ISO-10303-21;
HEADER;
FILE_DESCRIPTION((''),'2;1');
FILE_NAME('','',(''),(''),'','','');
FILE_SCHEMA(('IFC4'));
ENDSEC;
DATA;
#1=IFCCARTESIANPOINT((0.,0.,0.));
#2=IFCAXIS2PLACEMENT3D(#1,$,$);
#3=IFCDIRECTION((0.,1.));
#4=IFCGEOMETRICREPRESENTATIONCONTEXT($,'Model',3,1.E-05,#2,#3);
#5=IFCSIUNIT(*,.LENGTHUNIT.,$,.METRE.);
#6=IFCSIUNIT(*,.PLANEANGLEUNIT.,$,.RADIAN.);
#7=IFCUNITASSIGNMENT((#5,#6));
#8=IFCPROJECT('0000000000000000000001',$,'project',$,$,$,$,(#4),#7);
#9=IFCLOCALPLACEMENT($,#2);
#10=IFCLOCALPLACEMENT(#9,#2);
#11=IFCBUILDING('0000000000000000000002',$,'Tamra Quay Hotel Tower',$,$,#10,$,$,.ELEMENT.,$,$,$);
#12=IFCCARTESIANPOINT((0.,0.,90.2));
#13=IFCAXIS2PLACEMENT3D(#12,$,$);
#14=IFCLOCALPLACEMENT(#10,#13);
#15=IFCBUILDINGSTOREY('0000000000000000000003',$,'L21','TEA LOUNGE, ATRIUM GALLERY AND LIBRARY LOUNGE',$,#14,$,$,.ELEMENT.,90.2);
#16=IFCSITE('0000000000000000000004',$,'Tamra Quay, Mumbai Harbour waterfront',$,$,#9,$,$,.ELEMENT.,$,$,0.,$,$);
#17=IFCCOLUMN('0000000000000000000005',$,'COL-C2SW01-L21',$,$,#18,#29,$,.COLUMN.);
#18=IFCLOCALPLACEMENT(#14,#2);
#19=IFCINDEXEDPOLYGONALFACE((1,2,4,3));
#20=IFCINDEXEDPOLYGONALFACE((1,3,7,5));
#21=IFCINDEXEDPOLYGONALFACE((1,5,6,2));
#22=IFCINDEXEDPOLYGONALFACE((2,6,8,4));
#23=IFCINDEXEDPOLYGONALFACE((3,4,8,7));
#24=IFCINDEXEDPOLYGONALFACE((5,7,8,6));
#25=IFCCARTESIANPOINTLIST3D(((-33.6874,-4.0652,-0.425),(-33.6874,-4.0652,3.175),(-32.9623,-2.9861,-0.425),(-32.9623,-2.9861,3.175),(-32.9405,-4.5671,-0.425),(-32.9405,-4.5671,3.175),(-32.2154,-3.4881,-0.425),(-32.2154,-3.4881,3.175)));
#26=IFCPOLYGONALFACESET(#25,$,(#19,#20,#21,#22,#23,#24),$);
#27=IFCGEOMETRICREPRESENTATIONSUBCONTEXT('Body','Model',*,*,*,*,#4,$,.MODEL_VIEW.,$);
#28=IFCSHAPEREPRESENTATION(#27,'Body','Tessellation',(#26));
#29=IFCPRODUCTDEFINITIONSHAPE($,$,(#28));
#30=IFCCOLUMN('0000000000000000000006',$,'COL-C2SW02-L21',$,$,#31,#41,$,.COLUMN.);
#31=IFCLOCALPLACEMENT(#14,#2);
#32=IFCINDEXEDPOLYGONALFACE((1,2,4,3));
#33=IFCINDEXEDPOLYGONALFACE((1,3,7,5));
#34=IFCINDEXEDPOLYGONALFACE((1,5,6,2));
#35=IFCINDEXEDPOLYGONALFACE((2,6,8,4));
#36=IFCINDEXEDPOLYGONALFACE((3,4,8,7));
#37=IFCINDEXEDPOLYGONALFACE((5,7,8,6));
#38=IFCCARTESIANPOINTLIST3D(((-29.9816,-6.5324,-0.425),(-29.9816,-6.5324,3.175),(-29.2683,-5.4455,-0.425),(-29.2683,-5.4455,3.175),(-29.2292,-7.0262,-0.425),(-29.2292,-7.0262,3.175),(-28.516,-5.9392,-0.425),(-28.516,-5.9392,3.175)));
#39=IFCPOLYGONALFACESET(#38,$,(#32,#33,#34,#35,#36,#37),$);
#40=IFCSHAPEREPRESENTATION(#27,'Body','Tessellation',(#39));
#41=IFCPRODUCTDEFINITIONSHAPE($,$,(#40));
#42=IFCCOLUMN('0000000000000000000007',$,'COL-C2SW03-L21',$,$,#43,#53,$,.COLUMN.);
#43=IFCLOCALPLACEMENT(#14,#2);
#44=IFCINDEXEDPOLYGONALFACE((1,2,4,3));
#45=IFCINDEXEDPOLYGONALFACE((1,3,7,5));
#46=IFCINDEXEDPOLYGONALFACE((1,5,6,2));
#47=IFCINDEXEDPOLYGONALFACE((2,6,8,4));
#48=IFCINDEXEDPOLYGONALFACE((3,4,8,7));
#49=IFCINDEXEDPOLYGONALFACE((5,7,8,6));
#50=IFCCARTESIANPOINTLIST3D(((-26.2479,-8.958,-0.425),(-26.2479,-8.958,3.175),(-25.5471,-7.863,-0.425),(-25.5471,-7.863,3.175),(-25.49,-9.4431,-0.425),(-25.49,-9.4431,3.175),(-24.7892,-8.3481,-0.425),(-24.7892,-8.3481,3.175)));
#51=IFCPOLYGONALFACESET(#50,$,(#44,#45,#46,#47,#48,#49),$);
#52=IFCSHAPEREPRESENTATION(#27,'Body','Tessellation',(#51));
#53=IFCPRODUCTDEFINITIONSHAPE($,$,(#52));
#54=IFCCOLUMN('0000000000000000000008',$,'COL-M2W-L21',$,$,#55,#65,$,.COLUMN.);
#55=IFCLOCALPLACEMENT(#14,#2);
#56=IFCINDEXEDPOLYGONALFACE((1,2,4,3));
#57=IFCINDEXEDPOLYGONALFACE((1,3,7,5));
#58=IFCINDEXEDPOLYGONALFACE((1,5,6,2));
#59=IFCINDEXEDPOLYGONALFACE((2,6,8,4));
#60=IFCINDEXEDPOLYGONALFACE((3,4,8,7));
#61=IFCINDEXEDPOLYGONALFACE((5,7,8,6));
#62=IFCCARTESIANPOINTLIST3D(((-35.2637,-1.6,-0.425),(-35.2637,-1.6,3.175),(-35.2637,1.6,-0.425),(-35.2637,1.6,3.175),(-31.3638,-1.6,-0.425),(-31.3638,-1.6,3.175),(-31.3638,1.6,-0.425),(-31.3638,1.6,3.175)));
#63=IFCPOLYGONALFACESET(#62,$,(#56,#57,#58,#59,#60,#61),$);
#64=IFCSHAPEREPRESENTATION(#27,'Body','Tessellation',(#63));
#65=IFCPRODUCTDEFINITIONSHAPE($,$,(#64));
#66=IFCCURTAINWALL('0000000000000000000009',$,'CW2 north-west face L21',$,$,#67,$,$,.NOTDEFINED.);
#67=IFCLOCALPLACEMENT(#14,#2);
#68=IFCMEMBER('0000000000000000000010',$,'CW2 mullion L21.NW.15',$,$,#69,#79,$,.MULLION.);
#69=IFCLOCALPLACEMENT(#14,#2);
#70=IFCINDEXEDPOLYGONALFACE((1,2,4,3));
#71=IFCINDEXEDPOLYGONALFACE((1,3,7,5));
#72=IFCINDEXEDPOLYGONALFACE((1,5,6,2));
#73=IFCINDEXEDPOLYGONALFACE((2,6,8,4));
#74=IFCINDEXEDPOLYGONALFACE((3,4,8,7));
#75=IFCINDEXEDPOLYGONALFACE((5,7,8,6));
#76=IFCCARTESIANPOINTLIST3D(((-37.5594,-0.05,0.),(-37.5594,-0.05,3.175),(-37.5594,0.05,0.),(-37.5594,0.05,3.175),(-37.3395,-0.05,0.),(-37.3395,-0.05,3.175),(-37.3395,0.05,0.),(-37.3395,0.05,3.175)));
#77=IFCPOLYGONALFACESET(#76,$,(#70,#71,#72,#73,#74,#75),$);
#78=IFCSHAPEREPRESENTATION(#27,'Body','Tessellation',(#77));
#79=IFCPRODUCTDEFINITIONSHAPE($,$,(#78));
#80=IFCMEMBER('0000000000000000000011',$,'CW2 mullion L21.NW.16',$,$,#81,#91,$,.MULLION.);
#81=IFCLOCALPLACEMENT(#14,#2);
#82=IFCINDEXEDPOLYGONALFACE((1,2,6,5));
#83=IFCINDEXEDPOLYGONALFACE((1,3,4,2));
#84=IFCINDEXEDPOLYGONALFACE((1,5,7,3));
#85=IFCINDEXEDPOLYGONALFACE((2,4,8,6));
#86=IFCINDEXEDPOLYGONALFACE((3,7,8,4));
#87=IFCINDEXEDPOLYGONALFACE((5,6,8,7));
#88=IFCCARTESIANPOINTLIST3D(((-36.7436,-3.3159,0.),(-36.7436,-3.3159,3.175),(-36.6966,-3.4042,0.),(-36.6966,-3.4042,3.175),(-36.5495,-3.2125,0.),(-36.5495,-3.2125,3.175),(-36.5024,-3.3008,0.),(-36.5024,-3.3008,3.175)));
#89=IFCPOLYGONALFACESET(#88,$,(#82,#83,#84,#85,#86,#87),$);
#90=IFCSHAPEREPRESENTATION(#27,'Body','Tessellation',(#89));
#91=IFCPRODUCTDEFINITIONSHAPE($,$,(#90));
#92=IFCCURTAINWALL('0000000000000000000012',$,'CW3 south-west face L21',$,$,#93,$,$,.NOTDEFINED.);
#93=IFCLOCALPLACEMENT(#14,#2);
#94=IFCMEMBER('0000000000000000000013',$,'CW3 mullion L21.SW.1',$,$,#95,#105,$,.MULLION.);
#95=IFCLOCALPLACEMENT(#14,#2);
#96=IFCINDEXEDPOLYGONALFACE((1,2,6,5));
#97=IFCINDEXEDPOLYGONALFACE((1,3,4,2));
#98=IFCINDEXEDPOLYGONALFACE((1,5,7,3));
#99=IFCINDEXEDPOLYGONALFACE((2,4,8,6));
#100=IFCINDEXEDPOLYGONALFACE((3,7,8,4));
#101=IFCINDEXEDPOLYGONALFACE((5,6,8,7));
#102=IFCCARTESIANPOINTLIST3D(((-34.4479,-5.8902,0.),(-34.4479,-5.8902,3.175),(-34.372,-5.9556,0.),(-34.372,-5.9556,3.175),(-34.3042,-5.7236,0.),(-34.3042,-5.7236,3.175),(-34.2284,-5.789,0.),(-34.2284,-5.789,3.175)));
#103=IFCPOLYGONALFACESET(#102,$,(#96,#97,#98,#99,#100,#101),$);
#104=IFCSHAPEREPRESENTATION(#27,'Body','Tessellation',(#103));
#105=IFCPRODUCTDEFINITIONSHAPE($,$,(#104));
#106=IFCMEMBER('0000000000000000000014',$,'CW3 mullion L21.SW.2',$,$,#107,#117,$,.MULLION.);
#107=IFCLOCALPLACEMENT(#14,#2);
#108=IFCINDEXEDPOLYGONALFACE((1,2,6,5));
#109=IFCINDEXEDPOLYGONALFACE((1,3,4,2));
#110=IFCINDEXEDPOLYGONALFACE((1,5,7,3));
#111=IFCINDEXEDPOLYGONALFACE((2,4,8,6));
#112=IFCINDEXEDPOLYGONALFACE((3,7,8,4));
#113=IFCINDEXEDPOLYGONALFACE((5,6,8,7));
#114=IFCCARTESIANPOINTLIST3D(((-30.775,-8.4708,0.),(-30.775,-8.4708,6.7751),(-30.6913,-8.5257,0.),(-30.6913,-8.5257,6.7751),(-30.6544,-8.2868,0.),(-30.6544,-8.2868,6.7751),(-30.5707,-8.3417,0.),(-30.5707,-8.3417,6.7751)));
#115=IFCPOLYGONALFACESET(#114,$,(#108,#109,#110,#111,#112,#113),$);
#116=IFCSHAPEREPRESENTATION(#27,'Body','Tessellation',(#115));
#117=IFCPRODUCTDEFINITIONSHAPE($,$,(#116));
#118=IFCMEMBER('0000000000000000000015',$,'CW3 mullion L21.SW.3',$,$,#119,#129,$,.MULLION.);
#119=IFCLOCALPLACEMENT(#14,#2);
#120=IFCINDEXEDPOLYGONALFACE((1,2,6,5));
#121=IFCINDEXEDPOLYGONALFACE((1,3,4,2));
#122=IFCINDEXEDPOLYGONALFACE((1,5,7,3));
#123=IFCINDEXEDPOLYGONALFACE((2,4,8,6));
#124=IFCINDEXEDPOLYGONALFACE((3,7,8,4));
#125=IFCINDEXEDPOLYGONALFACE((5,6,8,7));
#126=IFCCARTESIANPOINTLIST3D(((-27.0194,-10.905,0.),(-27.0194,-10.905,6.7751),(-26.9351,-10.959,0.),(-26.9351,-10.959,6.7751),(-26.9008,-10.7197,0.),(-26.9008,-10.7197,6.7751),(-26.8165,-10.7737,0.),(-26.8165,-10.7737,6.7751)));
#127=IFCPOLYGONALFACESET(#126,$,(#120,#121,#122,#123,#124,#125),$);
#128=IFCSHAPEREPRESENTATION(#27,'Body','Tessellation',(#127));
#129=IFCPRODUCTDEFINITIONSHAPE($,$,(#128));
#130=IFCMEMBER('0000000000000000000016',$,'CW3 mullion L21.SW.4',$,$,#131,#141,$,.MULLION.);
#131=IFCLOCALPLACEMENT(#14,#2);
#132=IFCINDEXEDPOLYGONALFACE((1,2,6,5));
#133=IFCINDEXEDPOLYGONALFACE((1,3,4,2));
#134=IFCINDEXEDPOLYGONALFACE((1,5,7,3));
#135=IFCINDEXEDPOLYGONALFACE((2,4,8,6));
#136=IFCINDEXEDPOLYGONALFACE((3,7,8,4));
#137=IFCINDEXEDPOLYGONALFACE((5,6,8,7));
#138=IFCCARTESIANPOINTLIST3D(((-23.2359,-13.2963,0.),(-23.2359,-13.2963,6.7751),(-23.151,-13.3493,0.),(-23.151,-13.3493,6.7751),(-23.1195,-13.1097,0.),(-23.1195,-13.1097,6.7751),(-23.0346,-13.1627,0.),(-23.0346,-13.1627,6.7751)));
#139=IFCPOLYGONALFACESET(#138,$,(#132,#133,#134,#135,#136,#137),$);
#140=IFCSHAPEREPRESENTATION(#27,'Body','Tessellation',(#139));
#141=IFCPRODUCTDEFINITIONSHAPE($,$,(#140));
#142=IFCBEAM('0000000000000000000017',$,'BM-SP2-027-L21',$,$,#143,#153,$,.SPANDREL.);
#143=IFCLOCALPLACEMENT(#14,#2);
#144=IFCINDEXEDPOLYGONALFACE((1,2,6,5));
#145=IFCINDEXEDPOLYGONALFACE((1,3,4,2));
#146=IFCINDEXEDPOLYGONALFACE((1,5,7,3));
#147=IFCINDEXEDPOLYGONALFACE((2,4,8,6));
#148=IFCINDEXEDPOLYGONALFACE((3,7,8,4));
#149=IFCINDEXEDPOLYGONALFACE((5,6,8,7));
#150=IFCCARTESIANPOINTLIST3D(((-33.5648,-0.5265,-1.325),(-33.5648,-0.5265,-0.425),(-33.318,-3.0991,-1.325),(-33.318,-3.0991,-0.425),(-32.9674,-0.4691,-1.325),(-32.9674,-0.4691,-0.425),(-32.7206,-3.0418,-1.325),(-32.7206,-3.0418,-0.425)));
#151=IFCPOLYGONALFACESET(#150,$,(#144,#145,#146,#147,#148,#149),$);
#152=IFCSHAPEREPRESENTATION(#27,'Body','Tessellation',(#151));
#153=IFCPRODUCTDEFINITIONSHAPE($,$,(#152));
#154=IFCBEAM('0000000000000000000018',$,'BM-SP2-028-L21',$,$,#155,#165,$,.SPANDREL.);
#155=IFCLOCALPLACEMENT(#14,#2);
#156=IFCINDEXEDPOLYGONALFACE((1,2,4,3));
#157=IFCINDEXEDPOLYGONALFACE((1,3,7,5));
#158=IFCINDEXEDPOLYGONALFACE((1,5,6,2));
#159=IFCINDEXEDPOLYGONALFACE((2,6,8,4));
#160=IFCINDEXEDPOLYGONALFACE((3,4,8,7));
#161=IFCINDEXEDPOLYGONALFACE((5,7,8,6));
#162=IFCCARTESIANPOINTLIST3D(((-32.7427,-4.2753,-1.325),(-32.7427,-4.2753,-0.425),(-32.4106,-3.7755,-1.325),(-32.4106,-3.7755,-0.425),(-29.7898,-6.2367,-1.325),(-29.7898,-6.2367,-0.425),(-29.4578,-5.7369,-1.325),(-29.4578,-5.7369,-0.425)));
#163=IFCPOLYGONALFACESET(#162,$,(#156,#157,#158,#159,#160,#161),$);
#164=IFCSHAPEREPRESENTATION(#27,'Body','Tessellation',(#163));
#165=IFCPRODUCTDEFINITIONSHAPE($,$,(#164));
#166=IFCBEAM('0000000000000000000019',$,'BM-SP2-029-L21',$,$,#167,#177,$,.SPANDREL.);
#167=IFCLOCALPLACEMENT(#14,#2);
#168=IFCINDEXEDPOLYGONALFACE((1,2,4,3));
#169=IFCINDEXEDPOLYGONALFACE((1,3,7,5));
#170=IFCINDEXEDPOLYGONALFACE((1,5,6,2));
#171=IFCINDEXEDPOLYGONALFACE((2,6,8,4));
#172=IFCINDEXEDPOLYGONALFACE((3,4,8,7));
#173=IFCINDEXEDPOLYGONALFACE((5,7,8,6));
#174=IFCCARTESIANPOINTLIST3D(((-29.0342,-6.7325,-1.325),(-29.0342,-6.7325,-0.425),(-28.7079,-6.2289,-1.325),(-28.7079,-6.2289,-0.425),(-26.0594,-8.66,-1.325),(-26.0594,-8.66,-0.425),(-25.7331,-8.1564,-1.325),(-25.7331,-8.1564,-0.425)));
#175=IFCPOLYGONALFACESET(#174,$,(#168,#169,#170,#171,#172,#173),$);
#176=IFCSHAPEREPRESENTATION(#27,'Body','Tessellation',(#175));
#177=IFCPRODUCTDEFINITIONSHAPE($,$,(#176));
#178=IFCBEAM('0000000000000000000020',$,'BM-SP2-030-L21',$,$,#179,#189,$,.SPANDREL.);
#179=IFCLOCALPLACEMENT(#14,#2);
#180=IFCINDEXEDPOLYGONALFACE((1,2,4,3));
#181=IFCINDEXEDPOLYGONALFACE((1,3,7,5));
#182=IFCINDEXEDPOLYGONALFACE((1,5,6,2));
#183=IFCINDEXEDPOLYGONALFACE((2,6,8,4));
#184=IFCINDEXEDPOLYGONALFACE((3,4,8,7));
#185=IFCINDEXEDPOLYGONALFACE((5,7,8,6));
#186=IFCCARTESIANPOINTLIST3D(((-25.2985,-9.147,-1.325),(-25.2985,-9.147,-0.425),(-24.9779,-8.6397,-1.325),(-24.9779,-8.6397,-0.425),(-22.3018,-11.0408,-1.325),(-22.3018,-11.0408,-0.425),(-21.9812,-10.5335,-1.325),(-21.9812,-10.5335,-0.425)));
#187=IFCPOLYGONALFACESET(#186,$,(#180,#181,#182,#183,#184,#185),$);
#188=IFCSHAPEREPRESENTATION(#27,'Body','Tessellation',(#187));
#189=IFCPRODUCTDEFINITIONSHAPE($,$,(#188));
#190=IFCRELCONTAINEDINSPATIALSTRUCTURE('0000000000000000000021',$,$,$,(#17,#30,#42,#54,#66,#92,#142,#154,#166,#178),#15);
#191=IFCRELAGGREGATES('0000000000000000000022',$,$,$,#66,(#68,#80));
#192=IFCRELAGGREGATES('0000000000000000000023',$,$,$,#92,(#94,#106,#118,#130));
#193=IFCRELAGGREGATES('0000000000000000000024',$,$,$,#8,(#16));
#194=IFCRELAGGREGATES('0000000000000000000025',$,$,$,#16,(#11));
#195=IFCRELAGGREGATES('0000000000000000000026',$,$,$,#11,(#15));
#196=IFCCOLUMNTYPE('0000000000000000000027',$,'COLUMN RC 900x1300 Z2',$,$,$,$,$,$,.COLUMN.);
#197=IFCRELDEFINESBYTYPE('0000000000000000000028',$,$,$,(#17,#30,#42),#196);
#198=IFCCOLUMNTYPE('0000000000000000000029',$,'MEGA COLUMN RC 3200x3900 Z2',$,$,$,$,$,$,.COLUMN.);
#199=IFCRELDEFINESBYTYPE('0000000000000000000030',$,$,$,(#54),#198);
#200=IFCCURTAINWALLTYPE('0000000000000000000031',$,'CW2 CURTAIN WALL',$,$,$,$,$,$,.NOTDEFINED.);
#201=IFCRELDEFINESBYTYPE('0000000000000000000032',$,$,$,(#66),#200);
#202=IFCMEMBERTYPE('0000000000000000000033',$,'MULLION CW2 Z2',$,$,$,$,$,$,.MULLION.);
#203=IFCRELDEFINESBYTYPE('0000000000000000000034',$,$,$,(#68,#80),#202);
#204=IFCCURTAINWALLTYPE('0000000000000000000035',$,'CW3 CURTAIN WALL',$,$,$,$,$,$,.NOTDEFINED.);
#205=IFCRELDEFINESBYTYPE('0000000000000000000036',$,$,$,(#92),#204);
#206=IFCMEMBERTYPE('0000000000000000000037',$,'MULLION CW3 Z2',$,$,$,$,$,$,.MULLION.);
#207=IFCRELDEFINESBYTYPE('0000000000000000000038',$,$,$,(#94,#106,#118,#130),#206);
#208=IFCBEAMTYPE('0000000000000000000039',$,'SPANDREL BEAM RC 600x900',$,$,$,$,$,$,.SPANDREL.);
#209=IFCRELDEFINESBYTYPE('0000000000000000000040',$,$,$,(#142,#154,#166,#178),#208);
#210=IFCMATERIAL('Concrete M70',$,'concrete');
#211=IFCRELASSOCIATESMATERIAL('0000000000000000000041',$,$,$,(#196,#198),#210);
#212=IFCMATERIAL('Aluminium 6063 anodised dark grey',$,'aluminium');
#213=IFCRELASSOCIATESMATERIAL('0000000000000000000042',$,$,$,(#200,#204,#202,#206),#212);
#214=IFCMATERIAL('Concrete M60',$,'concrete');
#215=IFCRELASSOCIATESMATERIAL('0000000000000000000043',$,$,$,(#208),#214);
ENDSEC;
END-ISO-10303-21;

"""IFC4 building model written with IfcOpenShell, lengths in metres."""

from ifc_helpers import new_model, si_unit, direction, frame, origin, origin_2d, place, context, subcontext, project, spatial, rectangle, extrude, material, material_profile, profile_set, type_object, element, aggregate, save


model = new_model("IFC4")

# Units and contexts
model_context = context("Model", 3, precision=1e-05, world=origin(), true_north=direction((0.0, 1.0)))
body_context = subcontext(model_context, "Body", "Model", "MODEL_VIEW")
ifc_project = project(units=[si_unit("LENGTHUNIT", "METRE"), si_unit("PLANEANGLEUNIT", "RADIAN")], contexts=[model_context])

# Site, building, storey
site_placement = place(None, origin())
site = spatial("IfcSite", under=ifc_project, at=site_placement, Name="Tamra Quay, Mumbai Harbour waterfront", CompositionType="ELEMENT", RefElevation=0.0)
building_placement = place(site_placement, origin())
building = spatial("IfcBuilding", under=site, at=building_placement, Name="Tamra Quay Hotel Tower", CompositionType="ELEMENT")
storey_placement = place(building_placement, frame((0.0, 0.0, 90.2)))
storey = spatial("IfcBuildingStorey", under=building, at=storey_placement, Name="L21", Description="TEA LOUNGE, ATRIUM GALLERY AND LIBRARY LOUNGE", CompositionType="ELEMENT", Elevation=90.2)

# Columns
ifc_material_1 = material(Name="Concrete M70", Category="concrete")
ifc_material_profile_1 = material_profile(ifc_material_1, rectangle(XDim=1.3, YDim=0.8999, at=origin_2d()), Name="COLUMN RC 900x1300 Z2")
ifc_profile_set_1 = profile_set([ifc_material_profile_1], Name="Concrete M70")
column_type_1 = type_object("IfcColumnType", Name="COLUMN RC 900x1300 Z2", PredefinedType="COLUMN", material=ifc_profile_set_1)
for number, where, z_axis, x_axis, name in (
    (1, (-32.9514, -3.7766, -0.425), (0.0, 0.0, 1.0), (0.557767, 0.829998, 0.0), "COL-C2SW01-L21"),
    (2, (-29.2488, -6.2358, -0.425), (0.0, 0.0, 1.0), (0.548641, 0.836058, 0.0), "COL-C2SW02-L21"),
    (3, (-25.5186, -8.6531, -0.425), (0.0, 0.0, 1.0), (0.539065, 0.842264, 0.0), "COL-C2SW03-L21"),
):
    element("IfcColumn", number, at=place(storey_placement, frame(where, z_axis=z_axis, x_axis=x_axis)), inside=storey, type_object=column_type_1, Name=name, PredefinedType="COLUMN", context=body_context, shape_type="SweptSolid", body=[
        extrude(rectangle(XDim=1.3, YDim=0.8999, at=origin_2d()), origin(), (0.0, 0.0, 1.0), 3.6001),
    ])
ifc_material_profile_2 = material_profile(ifc_material_1, rectangle(XDim=3.8999, YDim=3.2, at=origin_2d()), Name="MEGA COLUMN RC 3200x3900 Z2")
ifc_profile_set_2 = profile_set([ifc_material_profile_2], Name="Concrete M70")
column_type_2 = type_object("IfcColumnType", Name="MEGA COLUMN RC 3200x3900 Z2", PredefinedType="COLUMN", material=ifc_profile_set_2)
column_placement = place(storey_placement, frame((-33.3137, 0.0, -0.425), z_axis=(0.0, 0.0, 1.0), x_axis=(1.0, 0.0, 0.0)))
element("IfcColumn", 4, at=column_placement, inside=storey, type_object=column_type_2, Name="COL-M2W-L21", PredefinedType="COLUMN", context=body_context, shape_type="SweptSolid", body=[
    extrude(rectangle(XDim=3.8999, YDim=3.2, at=origin_2d()), origin(), (0.0, 0.0, 1.0), 3.6001),
])

# Curtain walls, members
ifc_material_2 = material(Name="Aluminium 6063 anodised dark grey", Category="aluminium")
curtain_wall_type_1 = type_object("IfcCurtainWallType", Name="CW2 CURTAIN WALL", PredefinedType="NOTDEFINED", material=ifc_material_2)
curtain_wall_1_placement = place(storey_placement, origin())
curtain_wall_1 = element("IfcCurtainWall", 5, at=curtain_wall_1_placement, inside=storey, type_object=curtain_wall_type_1, Name="CW2 north-west face L21", PredefinedType="NOTDEFINED")
ifc_material_profile_3 = material_profile(ifc_material_2, rectangle(XDim=0.22, YDim=0.1001, at=origin_2d()), Name="MULLION 100X220")
ifc_profile_set_3 = profile_set([ifc_material_profile_3], Name="Aluminium 6063 anodised dark grey")
member_type_1 = type_object("IfcMemberType", Name="MULLION CW2 Z2", PredefinedType="MULLION", material=ifc_profile_set_3)
member_1_placement = place(storey_placement, frame((-37.4495, 0.0, 0.0), z_axis=(0.0, 0.0, 1.0), x_axis=(-1.0, 0.0, 0.0)))
member_1 = element("IfcMember", 6, at=member_1_placement, type_object=member_type_1, Name="CW2 mullion L21.NW.15", PredefinedType="MULLION", context=body_context, shape_type="SweptSolid", body=[
    extrude(rectangle(XDim=0.22, YDim=0.1001, at=origin_2d()), origin(), (0.0, 0.0, 1.0), 3.175),
])
member_2_placement = place(storey_placement, frame((-36.623, -3.3083, 0.0), z_axis=(0.0, 0.0, 1.0), x_axis=(-0.882544, -0.47023, 0.0)))
member_2 = element("IfcMember", 7, at=member_2_placement, type_object=member_type_1, Name="CW2 mullion L21.NW.16", PredefinedType="MULLION", context=body_context, shape_type="SweptSolid", body=[
    extrude(rectangle(XDim=0.22, YDim=0.1001, at=origin_2d()), origin(), (0.0, 0.0, 1.0), 3.175),
])
curtain_wall_type_2 = type_object("IfcCurtainWallType", Name="CW3 CURTAIN WALL", PredefinedType="NOTDEFINED", material=ifc_material_2)
curtain_wall_2_placement = place(storey_placement, origin())
curtain_wall_2 = element("IfcCurtainWall", 8, at=curtain_wall_2_placement, inside=storey, type_object=curtain_wall_type_2, Name="CW3 south-west face L21", PredefinedType="NOTDEFINED")
ifc_material_profile_4 = material_profile(ifc_material_2, rectangle(XDim=0.22, YDim=0.1001, at=origin_2d()), Name="MULLION 100X220")
ifc_profile_set_4 = profile_set([ifc_material_profile_4], Name="Aluminium 6063 anodised dark grey")
member_type_2 = type_object("IfcMemberType", Name="MULLION CW3 Z2", PredefinedType="MULLION", material=ifc_profile_set_4)
member_3_placement = place(storey_placement, frame((-34.3381, -5.8396, 0.0), z_axis=(0.0, 0.0, 1.0), x_axis=(-0.652887, -0.757455, 0.0)))
member_3 = element("IfcMember", 9, at=member_3_placement, type_object=member_type_2, Name="CW3 mullion L21.SW.1", PredefinedType="MULLION", context=body_context, shape_type="SweptSolid", body=[
    extrude(rectangle(XDim=0.22, YDim=0.1001, at=origin_2d()), origin(), (0.0, 0.0, 1.0), 3.175),
])
member_4_placement = place(storey_placement, frame((-30.6729, -8.4062, 0.0), z_axis=(0.0, 0.0, 1.0), x_axis=(-0.548547, -0.836119, 0.0)))
member_4 = element("IfcMember", 10, at=member_4_placement, type_object=member_type_2, Name="CW3 mullion L21.SW.2", PredefinedType="MULLION", context=body_context, shape_type="SweptSolid", body=[
    extrude(rectangle(XDim=0.22, YDim=0.1001, at=origin_2d()), origin(), (0.0, 0.0, 1.0), 6.7751),
])
member_5_placement = place(storey_placement, frame((-26.918, -10.8394, 0.0), z_axis=(0.0, 0.0, 1.0), x_axis=(-0.538999, -0.842307, 0.0)))
member_5 = element("IfcMember", 11, at=member_5_placement, type_object=member_type_2, Name="CW3 mullion L21.SW.3", PredefinedType="MULLION", context=body_context, shape_type="SweptSolid", body=[
    extrude(rectangle(XDim=0.22, YDim=0.1001, at=origin_2d()), origin(), (0.0, 0.0, 1.0), 6.7751),
])
member_6_placement = place(storey_placement, frame((-23.1353, -13.2295, 0.0), z_axis=(0.0, 0.0, 1.0), x_axis=(-0.529364, -0.848395, 0.0)))
member_6 = element("IfcMember", 12, at=member_6_placement, type_object=member_type_2, Name="CW3 mullion L21.SW.4", PredefinedType="MULLION", context=body_context, shape_type="SweptSolid", body=[
    extrude(rectangle(XDim=0.22, YDim=0.1001, at=origin_2d()), origin(), (0.0, 0.0, 1.0), 6.7751),
])

# Beams
ifc_material_3 = material(Name="Concrete M60", Category="concrete")
ifc_material_profile_5 = material_profile(ifc_material_3, rectangle(XDim=0.6001, YDim=0.8999, at=origin_2d()), Name="SPANDREL BEAM RC 600x900")
ifc_profile_set_5 = profile_set([ifc_material_profile_5], Name="Concrete M60")
beam_type = type_object("IfcBeamType", Name="SPANDREL BEAM RC 600x900", PredefinedType="SPANDREL", material=ifc_profile_set_5)
beam_1_placement = place(storey_placement, frame((-33.2661, -0.4978, -0.875), z_axis=(0.0955, -0.995429, 0.0), x_axis=(0.995429, 0.0955, 0.0)))
element("IfcBeam", 13, at=beam_1_placement, inside=storey, type_object=beam_type, Name="BM-SP2-027-L21", PredefinedType="SPANDREL", context=body_context, shape_type="SweptSolid", body=[
    extrude(rectangle(XDim=0.6001, YDim=0.8999, at=origin_2d()), origin(), (0.0, 0.0, 1.0), 2.5845),
])
beam_2_placement = place(storey_placement, frame((-32.5767, -4.0254, -0.875), z_axis=(0.832982, -0.553301, 0.0), x_axis=(0.553301, 0.832982, 0.0)))
element("IfcBeam", 14, at=beam_2_placement, inside=storey, type_object=beam_type, Name="BM-SP2-028-L21", PredefinedType="SPANDREL", context=body_context, shape_type="SweptSolid", body=[
    extrude(rectangle(XDim=0.6001, YDim=0.8999, at=origin_2d()), origin(), (0.0, 0.0, 1.0), 3.5449),
])
beam_3_placement = place(storey_placement, frame((-28.8711, -6.4807, -0.875), z_axis=(0.839237, -0.543765, 0.0), x_axis=(0.543765, 0.839237, 0.0)))
element("IfcBeam", 15, at=beam_3_placement, inside=storey, type_object=beam_type, Name="BM-SP2-029-L21", PredefinedType="SPANDREL", context=body_context, shape_type="SweptSolid", body=[
    extrude(rectangle(XDim=0.6001, YDim=0.8999, at=origin_2d()), origin(), (0.0, 0.0, 1.0), 3.5447),
])
beam_4_placement = place(storey_placement, frame((-25.1382, -8.8933, -0.875), z_axis=(0.845333, -0.534239, 0.0), x_axis=(0.534239, 0.845333, 0.0)))
element("IfcBeam", 16, at=beam_4_placement, inside=storey, type_object=beam_type, Name="BM-SP2-030-L21", PredefinedType="SPANDREL", context=body_context, shape_type="SweptSolid", body=[
    extrude(rectangle(XDim=0.6001, YDim=0.8999, at=origin_2d()), origin(), (0.0, 0.0, 1.0), 3.5449),
])

aggregate(curtain_wall_1, [member_1, member_2])
aggregate(curtain_wall_2, [member_3, member_4, member_5, member_6])

save(model, "model.ifc")
